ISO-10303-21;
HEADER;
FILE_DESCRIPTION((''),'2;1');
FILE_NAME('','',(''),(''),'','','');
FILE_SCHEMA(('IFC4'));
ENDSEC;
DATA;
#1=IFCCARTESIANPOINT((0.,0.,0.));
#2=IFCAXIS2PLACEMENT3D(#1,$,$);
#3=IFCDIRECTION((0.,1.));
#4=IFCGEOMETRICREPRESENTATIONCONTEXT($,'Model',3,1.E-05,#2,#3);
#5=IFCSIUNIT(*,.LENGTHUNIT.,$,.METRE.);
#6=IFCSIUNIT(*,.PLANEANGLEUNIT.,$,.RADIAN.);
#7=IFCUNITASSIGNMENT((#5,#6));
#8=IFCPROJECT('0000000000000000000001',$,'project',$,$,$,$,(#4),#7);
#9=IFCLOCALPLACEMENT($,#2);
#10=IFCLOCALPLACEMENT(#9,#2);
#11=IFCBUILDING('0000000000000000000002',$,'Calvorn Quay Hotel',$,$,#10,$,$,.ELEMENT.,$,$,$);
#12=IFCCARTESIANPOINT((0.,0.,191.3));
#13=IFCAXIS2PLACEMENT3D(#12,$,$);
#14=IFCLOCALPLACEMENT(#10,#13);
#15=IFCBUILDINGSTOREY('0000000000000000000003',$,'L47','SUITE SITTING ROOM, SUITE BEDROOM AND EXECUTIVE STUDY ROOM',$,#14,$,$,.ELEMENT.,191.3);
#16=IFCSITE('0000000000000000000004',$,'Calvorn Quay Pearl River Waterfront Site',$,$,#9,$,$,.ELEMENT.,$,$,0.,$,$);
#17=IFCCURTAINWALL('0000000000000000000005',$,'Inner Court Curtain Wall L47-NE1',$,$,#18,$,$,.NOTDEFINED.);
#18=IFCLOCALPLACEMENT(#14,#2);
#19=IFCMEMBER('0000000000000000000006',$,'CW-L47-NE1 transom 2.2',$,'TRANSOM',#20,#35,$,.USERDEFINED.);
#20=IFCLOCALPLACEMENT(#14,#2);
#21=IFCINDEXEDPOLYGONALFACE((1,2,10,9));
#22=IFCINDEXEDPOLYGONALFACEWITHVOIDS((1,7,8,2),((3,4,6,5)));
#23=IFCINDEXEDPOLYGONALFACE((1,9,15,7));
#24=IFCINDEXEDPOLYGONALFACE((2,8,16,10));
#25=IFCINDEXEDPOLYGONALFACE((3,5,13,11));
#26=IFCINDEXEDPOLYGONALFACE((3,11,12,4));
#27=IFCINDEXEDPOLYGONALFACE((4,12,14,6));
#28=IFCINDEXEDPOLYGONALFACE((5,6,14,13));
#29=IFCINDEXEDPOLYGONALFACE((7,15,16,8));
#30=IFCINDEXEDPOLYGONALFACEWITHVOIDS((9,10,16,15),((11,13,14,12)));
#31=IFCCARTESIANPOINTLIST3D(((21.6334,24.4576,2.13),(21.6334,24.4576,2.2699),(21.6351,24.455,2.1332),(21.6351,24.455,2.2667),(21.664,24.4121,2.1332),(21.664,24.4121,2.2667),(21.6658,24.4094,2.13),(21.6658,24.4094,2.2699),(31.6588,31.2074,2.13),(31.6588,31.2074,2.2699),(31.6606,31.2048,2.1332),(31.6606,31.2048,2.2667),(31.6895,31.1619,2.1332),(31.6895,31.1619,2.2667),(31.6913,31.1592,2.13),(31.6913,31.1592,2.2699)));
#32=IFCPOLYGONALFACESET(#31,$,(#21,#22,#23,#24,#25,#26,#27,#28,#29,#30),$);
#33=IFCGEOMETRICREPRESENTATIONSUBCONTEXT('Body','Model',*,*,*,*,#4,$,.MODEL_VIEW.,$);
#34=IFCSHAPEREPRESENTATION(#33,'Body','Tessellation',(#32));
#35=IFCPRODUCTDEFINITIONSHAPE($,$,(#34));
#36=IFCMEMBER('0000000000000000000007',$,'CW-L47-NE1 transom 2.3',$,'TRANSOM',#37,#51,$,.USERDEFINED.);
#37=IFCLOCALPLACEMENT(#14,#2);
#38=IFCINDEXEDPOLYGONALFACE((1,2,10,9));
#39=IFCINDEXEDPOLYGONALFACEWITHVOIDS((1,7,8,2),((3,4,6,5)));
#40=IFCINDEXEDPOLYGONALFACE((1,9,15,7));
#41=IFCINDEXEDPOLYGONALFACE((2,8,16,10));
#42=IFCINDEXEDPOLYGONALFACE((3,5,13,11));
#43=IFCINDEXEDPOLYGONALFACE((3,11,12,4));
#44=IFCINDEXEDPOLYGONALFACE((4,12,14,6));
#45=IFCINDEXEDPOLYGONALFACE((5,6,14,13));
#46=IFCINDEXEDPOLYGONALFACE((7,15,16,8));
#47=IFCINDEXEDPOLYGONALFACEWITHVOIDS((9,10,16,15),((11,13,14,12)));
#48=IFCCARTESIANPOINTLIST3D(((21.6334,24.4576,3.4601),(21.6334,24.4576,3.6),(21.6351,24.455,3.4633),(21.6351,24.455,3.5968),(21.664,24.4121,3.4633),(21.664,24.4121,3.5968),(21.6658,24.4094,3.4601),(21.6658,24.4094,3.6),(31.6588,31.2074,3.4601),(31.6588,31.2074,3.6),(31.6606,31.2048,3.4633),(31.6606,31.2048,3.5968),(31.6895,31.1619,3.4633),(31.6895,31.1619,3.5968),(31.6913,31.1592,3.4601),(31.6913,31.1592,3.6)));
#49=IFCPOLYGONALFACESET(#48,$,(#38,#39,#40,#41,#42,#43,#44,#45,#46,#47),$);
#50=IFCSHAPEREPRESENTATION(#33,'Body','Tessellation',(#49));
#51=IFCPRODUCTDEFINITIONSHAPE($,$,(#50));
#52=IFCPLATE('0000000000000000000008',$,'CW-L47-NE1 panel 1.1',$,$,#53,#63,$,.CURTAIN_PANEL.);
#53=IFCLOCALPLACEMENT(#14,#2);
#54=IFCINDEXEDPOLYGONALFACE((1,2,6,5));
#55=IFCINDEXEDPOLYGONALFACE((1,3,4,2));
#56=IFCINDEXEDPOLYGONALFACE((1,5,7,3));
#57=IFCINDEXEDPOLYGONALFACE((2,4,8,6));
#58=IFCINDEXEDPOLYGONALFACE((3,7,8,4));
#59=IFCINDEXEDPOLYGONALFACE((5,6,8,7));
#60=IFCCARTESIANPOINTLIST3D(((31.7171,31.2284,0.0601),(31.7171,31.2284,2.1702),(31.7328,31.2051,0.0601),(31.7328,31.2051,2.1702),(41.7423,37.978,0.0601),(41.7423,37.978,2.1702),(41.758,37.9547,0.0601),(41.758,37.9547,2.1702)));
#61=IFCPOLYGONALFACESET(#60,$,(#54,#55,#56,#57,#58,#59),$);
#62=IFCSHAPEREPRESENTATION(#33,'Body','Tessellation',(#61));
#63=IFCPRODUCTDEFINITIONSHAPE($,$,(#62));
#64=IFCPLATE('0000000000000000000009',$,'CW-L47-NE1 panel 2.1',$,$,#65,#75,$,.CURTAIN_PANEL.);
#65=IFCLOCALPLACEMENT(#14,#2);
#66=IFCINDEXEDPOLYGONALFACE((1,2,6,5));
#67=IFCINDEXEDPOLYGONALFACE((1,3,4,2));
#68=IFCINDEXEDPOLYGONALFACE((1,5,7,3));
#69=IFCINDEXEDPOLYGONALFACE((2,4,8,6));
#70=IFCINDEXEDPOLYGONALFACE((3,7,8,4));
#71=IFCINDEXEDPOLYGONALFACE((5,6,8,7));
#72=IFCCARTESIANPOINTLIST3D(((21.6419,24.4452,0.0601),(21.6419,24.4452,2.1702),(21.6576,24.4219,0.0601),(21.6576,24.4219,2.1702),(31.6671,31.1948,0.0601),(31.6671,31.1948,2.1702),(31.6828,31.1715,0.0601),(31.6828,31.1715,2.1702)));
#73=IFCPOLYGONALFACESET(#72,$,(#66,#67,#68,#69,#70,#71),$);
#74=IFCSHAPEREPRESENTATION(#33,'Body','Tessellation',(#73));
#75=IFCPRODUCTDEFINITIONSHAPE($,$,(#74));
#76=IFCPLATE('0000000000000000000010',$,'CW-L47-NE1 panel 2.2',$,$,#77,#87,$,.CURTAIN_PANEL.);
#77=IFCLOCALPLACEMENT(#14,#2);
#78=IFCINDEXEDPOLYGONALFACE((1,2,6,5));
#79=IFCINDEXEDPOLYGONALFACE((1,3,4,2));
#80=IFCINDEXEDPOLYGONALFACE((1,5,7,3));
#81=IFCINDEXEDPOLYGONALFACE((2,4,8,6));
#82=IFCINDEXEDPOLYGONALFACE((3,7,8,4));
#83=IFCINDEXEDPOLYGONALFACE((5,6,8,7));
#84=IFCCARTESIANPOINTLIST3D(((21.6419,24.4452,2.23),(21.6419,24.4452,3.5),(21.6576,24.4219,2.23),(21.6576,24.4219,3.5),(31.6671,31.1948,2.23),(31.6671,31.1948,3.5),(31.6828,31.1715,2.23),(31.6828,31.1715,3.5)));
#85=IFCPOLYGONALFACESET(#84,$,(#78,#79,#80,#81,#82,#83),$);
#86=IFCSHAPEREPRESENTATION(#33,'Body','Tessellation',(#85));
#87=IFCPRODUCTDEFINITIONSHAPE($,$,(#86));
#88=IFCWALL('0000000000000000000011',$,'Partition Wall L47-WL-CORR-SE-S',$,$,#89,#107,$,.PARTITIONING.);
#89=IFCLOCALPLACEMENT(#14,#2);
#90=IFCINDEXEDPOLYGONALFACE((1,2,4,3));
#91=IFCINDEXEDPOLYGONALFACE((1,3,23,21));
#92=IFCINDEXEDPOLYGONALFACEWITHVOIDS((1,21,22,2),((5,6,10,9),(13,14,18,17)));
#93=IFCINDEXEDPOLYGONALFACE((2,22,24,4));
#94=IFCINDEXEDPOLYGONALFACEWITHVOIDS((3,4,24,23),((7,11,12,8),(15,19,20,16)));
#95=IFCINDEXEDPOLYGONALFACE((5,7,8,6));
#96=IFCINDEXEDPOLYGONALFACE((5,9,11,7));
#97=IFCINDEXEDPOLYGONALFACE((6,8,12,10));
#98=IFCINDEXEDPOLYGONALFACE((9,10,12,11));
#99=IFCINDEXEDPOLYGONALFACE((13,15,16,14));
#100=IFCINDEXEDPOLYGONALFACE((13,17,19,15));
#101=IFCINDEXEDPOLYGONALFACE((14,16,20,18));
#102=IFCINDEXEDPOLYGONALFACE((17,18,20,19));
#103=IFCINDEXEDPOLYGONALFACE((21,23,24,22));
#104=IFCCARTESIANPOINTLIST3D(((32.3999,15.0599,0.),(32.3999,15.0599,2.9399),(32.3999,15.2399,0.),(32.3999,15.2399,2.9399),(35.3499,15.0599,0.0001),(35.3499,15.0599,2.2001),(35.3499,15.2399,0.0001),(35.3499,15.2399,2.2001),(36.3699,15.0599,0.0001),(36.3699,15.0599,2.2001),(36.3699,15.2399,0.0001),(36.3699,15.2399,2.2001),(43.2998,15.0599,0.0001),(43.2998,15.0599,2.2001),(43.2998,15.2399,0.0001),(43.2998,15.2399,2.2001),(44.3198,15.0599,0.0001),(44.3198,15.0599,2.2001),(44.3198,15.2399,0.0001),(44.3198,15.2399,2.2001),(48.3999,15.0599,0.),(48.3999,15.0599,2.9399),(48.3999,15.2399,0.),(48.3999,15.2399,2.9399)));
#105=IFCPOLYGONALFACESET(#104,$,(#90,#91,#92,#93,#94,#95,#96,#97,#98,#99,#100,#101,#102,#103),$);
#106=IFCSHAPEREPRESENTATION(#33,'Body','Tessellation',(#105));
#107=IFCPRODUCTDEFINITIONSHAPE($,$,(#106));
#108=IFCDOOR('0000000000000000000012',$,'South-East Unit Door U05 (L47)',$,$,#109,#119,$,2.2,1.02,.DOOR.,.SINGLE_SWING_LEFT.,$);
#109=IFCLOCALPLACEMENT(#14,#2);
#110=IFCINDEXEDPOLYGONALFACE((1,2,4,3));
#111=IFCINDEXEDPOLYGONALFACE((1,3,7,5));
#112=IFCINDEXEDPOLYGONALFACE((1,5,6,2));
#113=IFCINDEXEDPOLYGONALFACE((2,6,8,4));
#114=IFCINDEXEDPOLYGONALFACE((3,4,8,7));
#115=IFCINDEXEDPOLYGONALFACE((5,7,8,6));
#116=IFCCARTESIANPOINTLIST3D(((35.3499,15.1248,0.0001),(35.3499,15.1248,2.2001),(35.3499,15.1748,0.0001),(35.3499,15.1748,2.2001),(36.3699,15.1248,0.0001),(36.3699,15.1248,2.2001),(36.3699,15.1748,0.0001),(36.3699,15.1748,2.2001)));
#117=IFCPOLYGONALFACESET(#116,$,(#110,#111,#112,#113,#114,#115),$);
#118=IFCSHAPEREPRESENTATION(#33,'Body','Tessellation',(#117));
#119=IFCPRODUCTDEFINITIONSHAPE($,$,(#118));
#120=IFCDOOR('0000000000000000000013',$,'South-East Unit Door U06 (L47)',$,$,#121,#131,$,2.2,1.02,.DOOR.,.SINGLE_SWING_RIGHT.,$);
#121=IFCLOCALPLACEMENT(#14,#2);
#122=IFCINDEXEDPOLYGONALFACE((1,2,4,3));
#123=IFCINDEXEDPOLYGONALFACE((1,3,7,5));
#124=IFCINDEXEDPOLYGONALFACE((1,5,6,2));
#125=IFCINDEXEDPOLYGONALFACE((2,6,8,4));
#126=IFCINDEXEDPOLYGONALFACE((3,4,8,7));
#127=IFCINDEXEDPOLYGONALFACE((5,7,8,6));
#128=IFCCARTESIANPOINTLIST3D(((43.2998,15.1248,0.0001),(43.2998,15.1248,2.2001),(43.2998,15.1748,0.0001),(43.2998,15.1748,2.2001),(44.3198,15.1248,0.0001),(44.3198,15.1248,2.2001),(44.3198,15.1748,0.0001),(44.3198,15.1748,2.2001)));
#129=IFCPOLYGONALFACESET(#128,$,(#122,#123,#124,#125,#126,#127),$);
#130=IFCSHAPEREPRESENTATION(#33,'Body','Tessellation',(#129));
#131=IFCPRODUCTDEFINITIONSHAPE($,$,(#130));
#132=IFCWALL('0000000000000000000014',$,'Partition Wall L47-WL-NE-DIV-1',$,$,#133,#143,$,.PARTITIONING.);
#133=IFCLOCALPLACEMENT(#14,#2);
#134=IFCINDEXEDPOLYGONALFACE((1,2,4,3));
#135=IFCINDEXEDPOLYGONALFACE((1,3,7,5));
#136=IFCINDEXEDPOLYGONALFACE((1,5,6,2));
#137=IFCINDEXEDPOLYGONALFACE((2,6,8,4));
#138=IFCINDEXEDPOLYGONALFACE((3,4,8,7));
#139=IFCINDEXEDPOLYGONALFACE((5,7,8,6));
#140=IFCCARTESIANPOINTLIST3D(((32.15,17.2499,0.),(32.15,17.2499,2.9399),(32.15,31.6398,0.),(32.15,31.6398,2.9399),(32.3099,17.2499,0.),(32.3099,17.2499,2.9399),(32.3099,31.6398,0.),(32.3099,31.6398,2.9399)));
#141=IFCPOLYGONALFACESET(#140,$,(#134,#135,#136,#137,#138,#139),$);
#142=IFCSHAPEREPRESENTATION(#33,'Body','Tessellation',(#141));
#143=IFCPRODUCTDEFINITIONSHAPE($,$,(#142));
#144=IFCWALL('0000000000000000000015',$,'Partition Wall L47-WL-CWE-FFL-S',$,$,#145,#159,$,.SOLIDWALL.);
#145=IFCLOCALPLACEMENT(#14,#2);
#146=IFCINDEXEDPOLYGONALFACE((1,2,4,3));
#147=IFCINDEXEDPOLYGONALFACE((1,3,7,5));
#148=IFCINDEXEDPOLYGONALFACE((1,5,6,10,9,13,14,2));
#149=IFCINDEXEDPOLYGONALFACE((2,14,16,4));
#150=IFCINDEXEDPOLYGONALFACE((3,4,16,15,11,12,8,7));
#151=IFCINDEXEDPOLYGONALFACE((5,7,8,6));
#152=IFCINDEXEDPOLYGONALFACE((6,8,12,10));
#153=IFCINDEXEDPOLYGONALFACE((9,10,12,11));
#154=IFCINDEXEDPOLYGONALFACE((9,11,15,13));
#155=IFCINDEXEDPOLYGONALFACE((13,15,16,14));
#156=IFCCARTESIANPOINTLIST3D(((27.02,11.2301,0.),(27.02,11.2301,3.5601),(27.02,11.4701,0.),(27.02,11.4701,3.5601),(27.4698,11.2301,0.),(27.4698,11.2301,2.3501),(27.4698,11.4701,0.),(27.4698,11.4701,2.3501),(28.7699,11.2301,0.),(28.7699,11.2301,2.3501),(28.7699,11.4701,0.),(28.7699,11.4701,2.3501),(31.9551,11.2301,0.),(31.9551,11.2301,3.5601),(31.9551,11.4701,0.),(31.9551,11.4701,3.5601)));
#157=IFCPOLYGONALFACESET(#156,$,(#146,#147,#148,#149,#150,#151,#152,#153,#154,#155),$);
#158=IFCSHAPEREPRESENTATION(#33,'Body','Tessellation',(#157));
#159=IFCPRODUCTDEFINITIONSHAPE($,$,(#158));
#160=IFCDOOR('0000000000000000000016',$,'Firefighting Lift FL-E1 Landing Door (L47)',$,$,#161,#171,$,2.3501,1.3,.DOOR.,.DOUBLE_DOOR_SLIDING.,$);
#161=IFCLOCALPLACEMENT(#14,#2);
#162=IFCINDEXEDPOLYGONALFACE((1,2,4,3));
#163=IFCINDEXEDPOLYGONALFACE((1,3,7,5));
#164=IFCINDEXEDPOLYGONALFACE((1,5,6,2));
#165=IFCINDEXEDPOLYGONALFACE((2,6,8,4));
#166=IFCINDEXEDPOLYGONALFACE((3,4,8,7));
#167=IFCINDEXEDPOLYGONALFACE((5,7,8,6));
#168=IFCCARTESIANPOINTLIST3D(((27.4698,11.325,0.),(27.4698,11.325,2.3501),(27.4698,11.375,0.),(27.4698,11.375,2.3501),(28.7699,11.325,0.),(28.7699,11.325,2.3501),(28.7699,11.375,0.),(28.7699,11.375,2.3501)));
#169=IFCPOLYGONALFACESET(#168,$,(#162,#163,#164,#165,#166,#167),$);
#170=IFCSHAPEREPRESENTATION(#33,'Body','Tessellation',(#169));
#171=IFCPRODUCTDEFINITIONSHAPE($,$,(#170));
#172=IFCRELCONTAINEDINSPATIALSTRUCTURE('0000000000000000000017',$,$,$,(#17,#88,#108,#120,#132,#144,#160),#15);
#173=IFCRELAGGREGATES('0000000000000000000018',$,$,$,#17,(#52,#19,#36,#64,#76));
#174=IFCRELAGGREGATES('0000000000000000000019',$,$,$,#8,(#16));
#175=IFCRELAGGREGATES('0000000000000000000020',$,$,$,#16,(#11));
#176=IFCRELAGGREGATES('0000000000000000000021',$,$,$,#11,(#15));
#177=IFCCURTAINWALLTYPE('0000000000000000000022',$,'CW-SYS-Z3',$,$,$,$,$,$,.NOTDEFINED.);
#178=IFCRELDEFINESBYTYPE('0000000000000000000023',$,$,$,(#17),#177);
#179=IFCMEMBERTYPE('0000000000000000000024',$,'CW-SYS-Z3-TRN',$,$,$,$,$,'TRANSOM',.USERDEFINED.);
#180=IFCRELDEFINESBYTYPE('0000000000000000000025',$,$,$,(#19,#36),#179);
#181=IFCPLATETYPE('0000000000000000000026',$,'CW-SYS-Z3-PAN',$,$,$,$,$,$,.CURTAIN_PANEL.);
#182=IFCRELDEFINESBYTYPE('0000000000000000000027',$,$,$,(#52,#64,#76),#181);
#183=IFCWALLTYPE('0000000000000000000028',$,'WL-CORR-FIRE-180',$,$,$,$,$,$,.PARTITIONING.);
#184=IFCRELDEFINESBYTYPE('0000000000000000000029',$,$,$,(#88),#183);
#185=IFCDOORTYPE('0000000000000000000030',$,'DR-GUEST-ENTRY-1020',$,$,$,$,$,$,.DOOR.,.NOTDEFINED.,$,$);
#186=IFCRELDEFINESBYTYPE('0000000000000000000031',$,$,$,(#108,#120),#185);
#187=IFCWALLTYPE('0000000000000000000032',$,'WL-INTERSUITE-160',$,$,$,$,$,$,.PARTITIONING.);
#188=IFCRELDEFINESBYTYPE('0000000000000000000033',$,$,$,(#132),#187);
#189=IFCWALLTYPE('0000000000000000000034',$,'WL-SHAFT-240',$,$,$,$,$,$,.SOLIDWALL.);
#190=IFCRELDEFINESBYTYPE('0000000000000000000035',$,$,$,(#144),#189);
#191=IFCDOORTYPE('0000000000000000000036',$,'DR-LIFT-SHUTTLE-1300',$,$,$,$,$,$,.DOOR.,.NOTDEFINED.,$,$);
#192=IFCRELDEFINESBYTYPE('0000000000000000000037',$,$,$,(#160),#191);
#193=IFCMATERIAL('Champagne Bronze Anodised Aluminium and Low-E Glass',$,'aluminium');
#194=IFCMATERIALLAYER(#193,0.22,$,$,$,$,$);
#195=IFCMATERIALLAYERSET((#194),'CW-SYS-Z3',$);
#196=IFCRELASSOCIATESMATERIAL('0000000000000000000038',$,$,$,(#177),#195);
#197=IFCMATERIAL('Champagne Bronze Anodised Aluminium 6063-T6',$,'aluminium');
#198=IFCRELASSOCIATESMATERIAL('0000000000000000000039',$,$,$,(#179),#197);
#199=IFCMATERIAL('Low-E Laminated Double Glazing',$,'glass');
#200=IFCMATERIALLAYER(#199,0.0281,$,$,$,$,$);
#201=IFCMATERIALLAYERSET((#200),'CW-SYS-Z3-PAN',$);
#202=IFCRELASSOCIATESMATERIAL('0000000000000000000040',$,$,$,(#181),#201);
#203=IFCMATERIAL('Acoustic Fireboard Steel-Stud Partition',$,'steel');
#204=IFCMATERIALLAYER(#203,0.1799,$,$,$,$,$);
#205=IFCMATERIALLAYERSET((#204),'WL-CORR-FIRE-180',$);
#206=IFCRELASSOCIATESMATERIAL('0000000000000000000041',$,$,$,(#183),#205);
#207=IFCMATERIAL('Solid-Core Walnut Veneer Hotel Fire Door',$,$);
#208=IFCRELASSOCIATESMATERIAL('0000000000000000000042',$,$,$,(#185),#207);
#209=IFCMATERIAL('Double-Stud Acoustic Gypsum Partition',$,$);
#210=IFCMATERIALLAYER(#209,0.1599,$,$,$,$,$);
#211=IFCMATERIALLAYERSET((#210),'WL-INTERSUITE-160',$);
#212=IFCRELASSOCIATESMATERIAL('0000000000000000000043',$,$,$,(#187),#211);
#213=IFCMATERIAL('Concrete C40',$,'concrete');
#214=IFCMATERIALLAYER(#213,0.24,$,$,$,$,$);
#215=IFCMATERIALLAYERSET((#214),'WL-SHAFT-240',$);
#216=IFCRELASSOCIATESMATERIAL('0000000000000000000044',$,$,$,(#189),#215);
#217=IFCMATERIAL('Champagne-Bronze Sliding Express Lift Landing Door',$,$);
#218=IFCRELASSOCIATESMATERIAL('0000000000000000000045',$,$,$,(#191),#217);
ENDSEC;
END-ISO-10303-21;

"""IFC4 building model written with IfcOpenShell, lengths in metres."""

from ifc_helpers import new_model, si_unit, direction, frame, frame_2d, origin, origin_2d, place, context, subcontext, project, spatial, rectangle, hollow_rectangle, extrude, material, layer, layer_set, material_profile, profile_set, type_object, element, fill, aggregate, save


model = new_model("IFC4")

# Units and contexts
model_context = context("Model", 3, precision=1e-05, world=origin(), true_north=direction((0.0, 1.0)))
body_context = subcontext(model_context, "Body", "Model", "MODEL_VIEW")
ifc_project = project(units=[si_unit("LENGTHUNIT", "METRE"), si_unit("PLANEANGLEUNIT", "RADIAN")], contexts=[model_context])

# Site, building, storey
site_placement = place(None, origin())
site = spatial("IfcSite", under=ifc_project, at=site_placement, Name="Calvorn Quay Pearl River Waterfront Site", CompositionType="ELEMENT", RefElevation=0.0)
building_placement = place(site_placement, origin())
building = spatial("IfcBuilding", under=site, at=building_placement, Name="Calvorn Quay Hotel", CompositionType="ELEMENT")
storey_placement = place(building_placement, frame((0.0, 0.0, 191.3)))
storey = spatial("IfcBuildingStorey", under=building, at=storey_placement, Name="L47", Description="SUITE SITTING ROOM, SUITE BEDROOM AND EXECUTIVE STUDY ROOM", CompositionType="ELEMENT", Elevation=191.3)

# Curtain wall, members, plates
ifc_material_1 = material(Name="Champagne Bronze Anodised Aluminium and Low-E Glass", Category="aluminium")
ifc_layer_1 = layer(ifc_material_1, 0.22)
ifc_layer_set_1 = layer_set([ifc_layer_1], Name="CW-SYS-Z3")
curtain_wall_type = type_object("IfcCurtainWallType", Name="CW-SYS-Z3", PredefinedType="NOTDEFINED", material=ifc_layer_set_1)
curtain_wall_placement = place(storey_placement, origin())
curtain_wall = element("IfcCurtainWall", 1, at=curtain_wall_placement, inside=storey, type_object=curtain_wall_type, Name="Inner Court Curtain Wall L47-NE1", PredefinedType="NOTDEFINED")
ifc_material_2 = material(Name="Champagne Bronze Anodised Aluminium 6063-T6", Category="aluminium")
ifc_material_profile_1 = material_profile(ifc_material_2, hollow_rectangle(XDim=0.0581, YDim=0.1399, WallThickness=0.0032, at=origin_2d()), Name="ALU-T140x58x3.2")
ifc_profile_set_1 = profile_set([ifc_material_profile_1], Name="Champagne Bronze Anodised Aluminium 6063-T6")
member_type_1 = type_object("IfcMemberType", Name="CW-SYS-Z3-TRN", ElementType="TRANSOM", PredefinedType="USERDEFINED", material=ifc_profile_set_1)
member_1_placement = place(storey_placement, frame((31.675, 31.1833, 2.2), z_axis=(-0.829515, -0.558484, 0.0), x_axis=(0.558484, -0.829515, 0.0)))
member_1 = element("IfcMember", 2, at=member_1_placement, type_object=member_type_1, Name="CW-L47-NE1 transom 2.2", ObjectType="TRANSOM", PredefinedType="USERDEFINED", context=body_context, shape_type="SweptSolid", body=[
    extrude(hollow_rectangle(XDim=0.0581, YDim=0.1399, WallThickness=0.0032, at=origin_2d()), origin(), (0.0, 0.0, 1.0), 12.0859),
])
member_2_placement = place(storey_placement, frame((31.675, 31.1833, 3.53), z_axis=(-0.829515, -0.558484, 0.0), x_axis=(0.558484, -0.829515, 0.0)))
member_2 = element("IfcMember", 3, at=member_2_placement, type_object=member_type_1, Name="CW-L47-NE1 transom 2.3", ObjectType="TRANSOM", PredefinedType="USERDEFINED", context=body_context, shape_type="SweptSolid", body=[
    extrude(hollow_rectangle(XDim=0.0581, YDim=0.1399, WallThickness=0.0032, at=origin_2d()), origin(), (0.0, 0.0, 1.0), 12.0859),
])
ifc_material_3 = material(Name="Low-E Laminated Double Glazing", Category="glass")
ifc_layer_2 = layer(ifc_material_3, 0.0281)
ifc_layer_set_2 = layer_set([ifc_layer_2], Name="CW-SYS-Z3-PAN")
plate_type = type_object("IfcPlateType", Name="CW-SYS-Z3-PAN", PredefinedType="CURTAIN_PANEL", material=ifc_layer_set_2)
plate_1_placement = place(storey_placement, frame((36.7375, 34.5916, 0.0601), z_axis=(0.0, 0.0, 1.0), x_axis=(-0.829515, -0.558485, 0.0)))
plate_1 = element("IfcPlate", 4, at=plate_1_placement, type_object=plate_type, Name="CW-L47-NE1 panel 1.1", PredefinedType="CURTAIN_PANEL", context=body_context, shape_type="SweptSolid", body=[
    extrude(rectangle(XDim=12.0857, YDim=0.0281, at=origin_2d()), origin(), (0.0, 0.0, 1.0), 2.1101),
])
plate_2_placement = place(storey_placement, frame((26.6624, 27.8083, 0.0601), z_axis=(0.0, 0.0, 1.0), x_axis=(-0.829515, -0.558485, 0.0)))
plate_2 = element("IfcPlate", 5, at=plate_2_placement, type_object=plate_type, Name="CW-L47-NE1 panel 2.1", PredefinedType="CURTAIN_PANEL", context=body_context, shape_type="SweptSolid", body=[
    extrude(rectangle(XDim=12.0857, YDim=0.0281, at=origin_2d()), origin(), (0.0, 0.0, 1.0), 2.1101),
])
plate_3_placement = place(storey_placement, frame((26.6624, 27.8083, 2.23), z_axis=(0.0, 0.0, 1.0), x_axis=(-0.829515, -0.558485, 0.0)))
plate_3 = element("IfcPlate", 6, at=plate_3_placement, type_object=plate_type, Name="CW-L47-NE1 panel 2.2", PredefinedType="CURTAIN_PANEL", context=body_context, shape_type="SweptSolid", body=[
    extrude(rectangle(XDim=12.0857, YDim=0.0281, at=origin_2d()), origin(), (0.0, 0.0, 1.0), 1.27),
])
aggregate(curtain_wall, [plate_1, member_1, member_2, plate_2, plate_3])

# Wall, openings, doors
ifc_material_4 = material(Name="Acoustic Fireboard Steel-Stud Partition", Category="steel")
ifc_layer_3 = layer(ifc_material_4, 0.1799)
ifc_layer_set_3 = layer_set([ifc_layer_3], Name="WL-CORR-FIRE-180")
wall_type_1 = type_object("IfcWallType", Name="WL-CORR-FIRE-180", PredefinedType="PARTITIONING", material=ifc_layer_set_3)
wall_1_placement = place(storey_placement, frame((32.3999, 15.1499, 0.0), z_axis=(0.0, 0.0, 1.0), x_axis=(1.0, 0.0, 0.0)))
wall_1 = element("IfcWall", 7, at=wall_1_placement, inside=storey, type_object=wall_type_1, Name="Partition Wall L47-WL-CORR-SE-S", PredefinedType="PARTITIONING", context=body_context, shape_type="SweptSolid", body=[
    extrude(rectangle(XDim=16.0, YDim=0.1799, at=frame_2d((8.0, 0.0))), origin(), (0.0, 0.0, 1.0), 2.9399),
])
opening_1_placement = place(wall_1_placement, frame((2.95, 0.0, 0.0)))
opening_1 = element("IfcOpeningElement", 8, at=opening_1_placement, cuts=wall_1, PredefinedType="OPENING", context=body_context, shape_type="SweptSolid", body=[
    extrude(rectangle(XDim=1.02, YDim=2.2, at=frame_2d((0.51, 1.1001))), frame((0.0, 0.0999, 0.0), z_axis=(0.0, -1.0, 0.0), x_axis=(1.0, 0.0, 0.0)), (0.0, 0.0, 1.0), 0.2),
])
opening_2_placement = place(wall_1_placement, frame((10.8999, 0.0, 0.0)))
opening_2 = element("IfcOpeningElement", 9, at=opening_2_placement, cuts=wall_1, PredefinedType="OPENING", context=body_context, shape_type="SweptSolid", body=[
    extrude(rectangle(XDim=1.02, YDim=2.2, at=frame_2d((0.51, 1.1001))), frame((0.0, 0.0999, 0.0), z_axis=(0.0, -1.0, 0.0), x_axis=(1.0, 0.0, 0.0)), (0.0, 0.0, 1.0), 0.2),
])
ifc_material_5 = material(Name="Solid-Core Walnut Veneer Hotel Fire Door")
door_type_1 = type_object("IfcDoorType", Name="DR-GUEST-ENTRY-1020", OperationType="NOTDEFINED", PredefinedType="DOOR", material=ifc_material_5)
door_1_placement = place(opening_1_placement, origin())
door_1 = element("IfcDoor", 10, at=door_1_placement, inside=storey, type_object=door_type_1, Name="South-East Unit Door U05 (L47)", OperationType="SINGLE_SWING_LEFT", OverallHeight=2.2, OverallWidth=1.02, PredefinedType="DOOR", context=body_context, shape_type="SweptSolid", body=[
    extrude(rectangle(XDim=1.02, YDim=2.2, at=frame_2d((0.51, 1.1001))), frame((0.0, 0.0249, 0.0), z_axis=(0.0, -1.0, 0.0), x_axis=(1.0, 0.0, 0.0)), (0.0, 0.0, 1.0), 0.05),
])
fill(opening_1, door_1)
door_2_placement = place(opening_2_placement, origin())
door_2 = element("IfcDoor", 11, at=door_2_placement, inside=storey, type_object=door_type_1, Name="South-East Unit Door U06 (L47)", OperationType="SINGLE_SWING_RIGHT", OverallHeight=2.2, OverallWidth=1.02, PredefinedType="DOOR", context=body_context, shape_type="SweptSolid", body=[
    extrude(rectangle(XDim=1.02, YDim=2.2, at=frame_2d((0.51, 1.1001))), frame((0.0, 0.0249, 0.0), z_axis=(0.0, -1.0, 0.0), x_axis=(1.0, 0.0, 0.0)), (0.0, 0.0, 1.0), 0.05),
])
fill(opening_2, door_2)

# Wall
ifc_material_6 = material(Name="Double-Stud Acoustic Gypsum Partition")
ifc_layer_4 = layer(ifc_material_6, 0.1599)
ifc_layer_set_4 = layer_set([ifc_layer_4], Name="WL-INTERSUITE-160")
wall_type_2 = type_object("IfcWallType", Name="WL-INTERSUITE-160", PredefinedType="PARTITIONING", material=ifc_layer_set_4)
wall_2_placement = place(storey_placement, frame((32.23, 17.25, 0.0), z_axis=(0.0, 0.0, 1.0), x_axis=(0.0, 1.0, 0.0)))
element("IfcWall", 12, at=wall_2_placement, inside=storey, type_object=wall_type_2, Name="Partition Wall L47-WL-NE-DIV-1", PredefinedType="PARTITIONING", context=body_context, shape_type="SweptSolid", body=[
    extrude(rectangle(XDim=14.3899, YDim=0.1599, at=frame_2d((7.1948, 0.0))), origin(), (0.0, 0.0, 1.0), 2.9399),
])

# Wall, opening, door
ifc_material_7 = material(Name="Concrete C40", Category="concrete")
ifc_layer_5 = layer(ifc_material_7, 0.24)
ifc_layer_set_5 = layer_set([ifc_layer_5], Name="WL-SHAFT-240")
wall_type_3 = type_object("IfcWallType", Name="WL-SHAFT-240", PredefinedType="SOLIDWALL", material=ifc_layer_set_5)
wall_3_placement = place(storey_placement, frame((27.02, 11.3501, 0.0), z_axis=(0.0, 0.0, 1.0), x_axis=(1.0, 0.0, 0.0)))
wall_3 = element("IfcWall", 13, at=wall_3_placement, inside=storey, type_object=wall_type_3, Name="Partition Wall L47-WL-CWE-FFL-S", PredefinedType="SOLIDWALL", context=body_context, shape_type="SweptSolid", body=[
    extrude(rectangle(XDim=4.9351, YDim=0.24, at=frame_2d((2.4675, 0.0))), origin(), (0.0, 0.0, 1.0), 3.5601),
])
opening_3_placement = place(wall_3_placement, frame((0.45, 0.0, 0.0)))
opening_3 = element("IfcOpeningElement", 14, at=opening_3_placement, cuts=wall_3, PredefinedType="OPENING", context=body_context, shape_type="SweptSolid", body=[
    extrude(rectangle(XDim=1.3, YDim=2.3501, at=frame_2d((0.6499, 1.175))), frame((0.0, 0.1299, 0.0), z_axis=(0.0, -1.0, 0.0), x_axis=(1.0, 0.0, 0.0)), (0.0, 0.0, 1.0), 0.26),
])
ifc_material_8 = material(Name="Champagne-Bronze Sliding Express Lift Landing Door")
door_type_2 = type_object("IfcDoorType", Name="DR-LIFT-SHUTTLE-1300", OperationType="NOTDEFINED", PredefinedType="DOOR", material=ifc_material_8)
door_3_placement = place(opening_3_placement, origin())
door_3 = element("IfcDoor", 15, at=door_3_placement, inside=storey, type_object=door_type_2, Name="Firefighting Lift FL-E1 Landing Door (L47)", OperationType="DOUBLE_DOOR_SLIDING", OverallHeight=2.3501, OverallWidth=1.3, PredefinedType="DOOR", context=body_context, shape_type="SweptSolid", body=[
    extrude(rectangle(XDim=1.3, YDim=2.3501, at=frame_2d((0.6499, 1.175))), frame((0.0, 0.0249, 0.0), z_axis=(0.0, -1.0, 0.0), x_axis=(1.0, 0.0, 0.0)), (0.0, 0.0, 1.0), 0.05),
])
fill(opening_3, door_3)

save(model, "model.ifc")
